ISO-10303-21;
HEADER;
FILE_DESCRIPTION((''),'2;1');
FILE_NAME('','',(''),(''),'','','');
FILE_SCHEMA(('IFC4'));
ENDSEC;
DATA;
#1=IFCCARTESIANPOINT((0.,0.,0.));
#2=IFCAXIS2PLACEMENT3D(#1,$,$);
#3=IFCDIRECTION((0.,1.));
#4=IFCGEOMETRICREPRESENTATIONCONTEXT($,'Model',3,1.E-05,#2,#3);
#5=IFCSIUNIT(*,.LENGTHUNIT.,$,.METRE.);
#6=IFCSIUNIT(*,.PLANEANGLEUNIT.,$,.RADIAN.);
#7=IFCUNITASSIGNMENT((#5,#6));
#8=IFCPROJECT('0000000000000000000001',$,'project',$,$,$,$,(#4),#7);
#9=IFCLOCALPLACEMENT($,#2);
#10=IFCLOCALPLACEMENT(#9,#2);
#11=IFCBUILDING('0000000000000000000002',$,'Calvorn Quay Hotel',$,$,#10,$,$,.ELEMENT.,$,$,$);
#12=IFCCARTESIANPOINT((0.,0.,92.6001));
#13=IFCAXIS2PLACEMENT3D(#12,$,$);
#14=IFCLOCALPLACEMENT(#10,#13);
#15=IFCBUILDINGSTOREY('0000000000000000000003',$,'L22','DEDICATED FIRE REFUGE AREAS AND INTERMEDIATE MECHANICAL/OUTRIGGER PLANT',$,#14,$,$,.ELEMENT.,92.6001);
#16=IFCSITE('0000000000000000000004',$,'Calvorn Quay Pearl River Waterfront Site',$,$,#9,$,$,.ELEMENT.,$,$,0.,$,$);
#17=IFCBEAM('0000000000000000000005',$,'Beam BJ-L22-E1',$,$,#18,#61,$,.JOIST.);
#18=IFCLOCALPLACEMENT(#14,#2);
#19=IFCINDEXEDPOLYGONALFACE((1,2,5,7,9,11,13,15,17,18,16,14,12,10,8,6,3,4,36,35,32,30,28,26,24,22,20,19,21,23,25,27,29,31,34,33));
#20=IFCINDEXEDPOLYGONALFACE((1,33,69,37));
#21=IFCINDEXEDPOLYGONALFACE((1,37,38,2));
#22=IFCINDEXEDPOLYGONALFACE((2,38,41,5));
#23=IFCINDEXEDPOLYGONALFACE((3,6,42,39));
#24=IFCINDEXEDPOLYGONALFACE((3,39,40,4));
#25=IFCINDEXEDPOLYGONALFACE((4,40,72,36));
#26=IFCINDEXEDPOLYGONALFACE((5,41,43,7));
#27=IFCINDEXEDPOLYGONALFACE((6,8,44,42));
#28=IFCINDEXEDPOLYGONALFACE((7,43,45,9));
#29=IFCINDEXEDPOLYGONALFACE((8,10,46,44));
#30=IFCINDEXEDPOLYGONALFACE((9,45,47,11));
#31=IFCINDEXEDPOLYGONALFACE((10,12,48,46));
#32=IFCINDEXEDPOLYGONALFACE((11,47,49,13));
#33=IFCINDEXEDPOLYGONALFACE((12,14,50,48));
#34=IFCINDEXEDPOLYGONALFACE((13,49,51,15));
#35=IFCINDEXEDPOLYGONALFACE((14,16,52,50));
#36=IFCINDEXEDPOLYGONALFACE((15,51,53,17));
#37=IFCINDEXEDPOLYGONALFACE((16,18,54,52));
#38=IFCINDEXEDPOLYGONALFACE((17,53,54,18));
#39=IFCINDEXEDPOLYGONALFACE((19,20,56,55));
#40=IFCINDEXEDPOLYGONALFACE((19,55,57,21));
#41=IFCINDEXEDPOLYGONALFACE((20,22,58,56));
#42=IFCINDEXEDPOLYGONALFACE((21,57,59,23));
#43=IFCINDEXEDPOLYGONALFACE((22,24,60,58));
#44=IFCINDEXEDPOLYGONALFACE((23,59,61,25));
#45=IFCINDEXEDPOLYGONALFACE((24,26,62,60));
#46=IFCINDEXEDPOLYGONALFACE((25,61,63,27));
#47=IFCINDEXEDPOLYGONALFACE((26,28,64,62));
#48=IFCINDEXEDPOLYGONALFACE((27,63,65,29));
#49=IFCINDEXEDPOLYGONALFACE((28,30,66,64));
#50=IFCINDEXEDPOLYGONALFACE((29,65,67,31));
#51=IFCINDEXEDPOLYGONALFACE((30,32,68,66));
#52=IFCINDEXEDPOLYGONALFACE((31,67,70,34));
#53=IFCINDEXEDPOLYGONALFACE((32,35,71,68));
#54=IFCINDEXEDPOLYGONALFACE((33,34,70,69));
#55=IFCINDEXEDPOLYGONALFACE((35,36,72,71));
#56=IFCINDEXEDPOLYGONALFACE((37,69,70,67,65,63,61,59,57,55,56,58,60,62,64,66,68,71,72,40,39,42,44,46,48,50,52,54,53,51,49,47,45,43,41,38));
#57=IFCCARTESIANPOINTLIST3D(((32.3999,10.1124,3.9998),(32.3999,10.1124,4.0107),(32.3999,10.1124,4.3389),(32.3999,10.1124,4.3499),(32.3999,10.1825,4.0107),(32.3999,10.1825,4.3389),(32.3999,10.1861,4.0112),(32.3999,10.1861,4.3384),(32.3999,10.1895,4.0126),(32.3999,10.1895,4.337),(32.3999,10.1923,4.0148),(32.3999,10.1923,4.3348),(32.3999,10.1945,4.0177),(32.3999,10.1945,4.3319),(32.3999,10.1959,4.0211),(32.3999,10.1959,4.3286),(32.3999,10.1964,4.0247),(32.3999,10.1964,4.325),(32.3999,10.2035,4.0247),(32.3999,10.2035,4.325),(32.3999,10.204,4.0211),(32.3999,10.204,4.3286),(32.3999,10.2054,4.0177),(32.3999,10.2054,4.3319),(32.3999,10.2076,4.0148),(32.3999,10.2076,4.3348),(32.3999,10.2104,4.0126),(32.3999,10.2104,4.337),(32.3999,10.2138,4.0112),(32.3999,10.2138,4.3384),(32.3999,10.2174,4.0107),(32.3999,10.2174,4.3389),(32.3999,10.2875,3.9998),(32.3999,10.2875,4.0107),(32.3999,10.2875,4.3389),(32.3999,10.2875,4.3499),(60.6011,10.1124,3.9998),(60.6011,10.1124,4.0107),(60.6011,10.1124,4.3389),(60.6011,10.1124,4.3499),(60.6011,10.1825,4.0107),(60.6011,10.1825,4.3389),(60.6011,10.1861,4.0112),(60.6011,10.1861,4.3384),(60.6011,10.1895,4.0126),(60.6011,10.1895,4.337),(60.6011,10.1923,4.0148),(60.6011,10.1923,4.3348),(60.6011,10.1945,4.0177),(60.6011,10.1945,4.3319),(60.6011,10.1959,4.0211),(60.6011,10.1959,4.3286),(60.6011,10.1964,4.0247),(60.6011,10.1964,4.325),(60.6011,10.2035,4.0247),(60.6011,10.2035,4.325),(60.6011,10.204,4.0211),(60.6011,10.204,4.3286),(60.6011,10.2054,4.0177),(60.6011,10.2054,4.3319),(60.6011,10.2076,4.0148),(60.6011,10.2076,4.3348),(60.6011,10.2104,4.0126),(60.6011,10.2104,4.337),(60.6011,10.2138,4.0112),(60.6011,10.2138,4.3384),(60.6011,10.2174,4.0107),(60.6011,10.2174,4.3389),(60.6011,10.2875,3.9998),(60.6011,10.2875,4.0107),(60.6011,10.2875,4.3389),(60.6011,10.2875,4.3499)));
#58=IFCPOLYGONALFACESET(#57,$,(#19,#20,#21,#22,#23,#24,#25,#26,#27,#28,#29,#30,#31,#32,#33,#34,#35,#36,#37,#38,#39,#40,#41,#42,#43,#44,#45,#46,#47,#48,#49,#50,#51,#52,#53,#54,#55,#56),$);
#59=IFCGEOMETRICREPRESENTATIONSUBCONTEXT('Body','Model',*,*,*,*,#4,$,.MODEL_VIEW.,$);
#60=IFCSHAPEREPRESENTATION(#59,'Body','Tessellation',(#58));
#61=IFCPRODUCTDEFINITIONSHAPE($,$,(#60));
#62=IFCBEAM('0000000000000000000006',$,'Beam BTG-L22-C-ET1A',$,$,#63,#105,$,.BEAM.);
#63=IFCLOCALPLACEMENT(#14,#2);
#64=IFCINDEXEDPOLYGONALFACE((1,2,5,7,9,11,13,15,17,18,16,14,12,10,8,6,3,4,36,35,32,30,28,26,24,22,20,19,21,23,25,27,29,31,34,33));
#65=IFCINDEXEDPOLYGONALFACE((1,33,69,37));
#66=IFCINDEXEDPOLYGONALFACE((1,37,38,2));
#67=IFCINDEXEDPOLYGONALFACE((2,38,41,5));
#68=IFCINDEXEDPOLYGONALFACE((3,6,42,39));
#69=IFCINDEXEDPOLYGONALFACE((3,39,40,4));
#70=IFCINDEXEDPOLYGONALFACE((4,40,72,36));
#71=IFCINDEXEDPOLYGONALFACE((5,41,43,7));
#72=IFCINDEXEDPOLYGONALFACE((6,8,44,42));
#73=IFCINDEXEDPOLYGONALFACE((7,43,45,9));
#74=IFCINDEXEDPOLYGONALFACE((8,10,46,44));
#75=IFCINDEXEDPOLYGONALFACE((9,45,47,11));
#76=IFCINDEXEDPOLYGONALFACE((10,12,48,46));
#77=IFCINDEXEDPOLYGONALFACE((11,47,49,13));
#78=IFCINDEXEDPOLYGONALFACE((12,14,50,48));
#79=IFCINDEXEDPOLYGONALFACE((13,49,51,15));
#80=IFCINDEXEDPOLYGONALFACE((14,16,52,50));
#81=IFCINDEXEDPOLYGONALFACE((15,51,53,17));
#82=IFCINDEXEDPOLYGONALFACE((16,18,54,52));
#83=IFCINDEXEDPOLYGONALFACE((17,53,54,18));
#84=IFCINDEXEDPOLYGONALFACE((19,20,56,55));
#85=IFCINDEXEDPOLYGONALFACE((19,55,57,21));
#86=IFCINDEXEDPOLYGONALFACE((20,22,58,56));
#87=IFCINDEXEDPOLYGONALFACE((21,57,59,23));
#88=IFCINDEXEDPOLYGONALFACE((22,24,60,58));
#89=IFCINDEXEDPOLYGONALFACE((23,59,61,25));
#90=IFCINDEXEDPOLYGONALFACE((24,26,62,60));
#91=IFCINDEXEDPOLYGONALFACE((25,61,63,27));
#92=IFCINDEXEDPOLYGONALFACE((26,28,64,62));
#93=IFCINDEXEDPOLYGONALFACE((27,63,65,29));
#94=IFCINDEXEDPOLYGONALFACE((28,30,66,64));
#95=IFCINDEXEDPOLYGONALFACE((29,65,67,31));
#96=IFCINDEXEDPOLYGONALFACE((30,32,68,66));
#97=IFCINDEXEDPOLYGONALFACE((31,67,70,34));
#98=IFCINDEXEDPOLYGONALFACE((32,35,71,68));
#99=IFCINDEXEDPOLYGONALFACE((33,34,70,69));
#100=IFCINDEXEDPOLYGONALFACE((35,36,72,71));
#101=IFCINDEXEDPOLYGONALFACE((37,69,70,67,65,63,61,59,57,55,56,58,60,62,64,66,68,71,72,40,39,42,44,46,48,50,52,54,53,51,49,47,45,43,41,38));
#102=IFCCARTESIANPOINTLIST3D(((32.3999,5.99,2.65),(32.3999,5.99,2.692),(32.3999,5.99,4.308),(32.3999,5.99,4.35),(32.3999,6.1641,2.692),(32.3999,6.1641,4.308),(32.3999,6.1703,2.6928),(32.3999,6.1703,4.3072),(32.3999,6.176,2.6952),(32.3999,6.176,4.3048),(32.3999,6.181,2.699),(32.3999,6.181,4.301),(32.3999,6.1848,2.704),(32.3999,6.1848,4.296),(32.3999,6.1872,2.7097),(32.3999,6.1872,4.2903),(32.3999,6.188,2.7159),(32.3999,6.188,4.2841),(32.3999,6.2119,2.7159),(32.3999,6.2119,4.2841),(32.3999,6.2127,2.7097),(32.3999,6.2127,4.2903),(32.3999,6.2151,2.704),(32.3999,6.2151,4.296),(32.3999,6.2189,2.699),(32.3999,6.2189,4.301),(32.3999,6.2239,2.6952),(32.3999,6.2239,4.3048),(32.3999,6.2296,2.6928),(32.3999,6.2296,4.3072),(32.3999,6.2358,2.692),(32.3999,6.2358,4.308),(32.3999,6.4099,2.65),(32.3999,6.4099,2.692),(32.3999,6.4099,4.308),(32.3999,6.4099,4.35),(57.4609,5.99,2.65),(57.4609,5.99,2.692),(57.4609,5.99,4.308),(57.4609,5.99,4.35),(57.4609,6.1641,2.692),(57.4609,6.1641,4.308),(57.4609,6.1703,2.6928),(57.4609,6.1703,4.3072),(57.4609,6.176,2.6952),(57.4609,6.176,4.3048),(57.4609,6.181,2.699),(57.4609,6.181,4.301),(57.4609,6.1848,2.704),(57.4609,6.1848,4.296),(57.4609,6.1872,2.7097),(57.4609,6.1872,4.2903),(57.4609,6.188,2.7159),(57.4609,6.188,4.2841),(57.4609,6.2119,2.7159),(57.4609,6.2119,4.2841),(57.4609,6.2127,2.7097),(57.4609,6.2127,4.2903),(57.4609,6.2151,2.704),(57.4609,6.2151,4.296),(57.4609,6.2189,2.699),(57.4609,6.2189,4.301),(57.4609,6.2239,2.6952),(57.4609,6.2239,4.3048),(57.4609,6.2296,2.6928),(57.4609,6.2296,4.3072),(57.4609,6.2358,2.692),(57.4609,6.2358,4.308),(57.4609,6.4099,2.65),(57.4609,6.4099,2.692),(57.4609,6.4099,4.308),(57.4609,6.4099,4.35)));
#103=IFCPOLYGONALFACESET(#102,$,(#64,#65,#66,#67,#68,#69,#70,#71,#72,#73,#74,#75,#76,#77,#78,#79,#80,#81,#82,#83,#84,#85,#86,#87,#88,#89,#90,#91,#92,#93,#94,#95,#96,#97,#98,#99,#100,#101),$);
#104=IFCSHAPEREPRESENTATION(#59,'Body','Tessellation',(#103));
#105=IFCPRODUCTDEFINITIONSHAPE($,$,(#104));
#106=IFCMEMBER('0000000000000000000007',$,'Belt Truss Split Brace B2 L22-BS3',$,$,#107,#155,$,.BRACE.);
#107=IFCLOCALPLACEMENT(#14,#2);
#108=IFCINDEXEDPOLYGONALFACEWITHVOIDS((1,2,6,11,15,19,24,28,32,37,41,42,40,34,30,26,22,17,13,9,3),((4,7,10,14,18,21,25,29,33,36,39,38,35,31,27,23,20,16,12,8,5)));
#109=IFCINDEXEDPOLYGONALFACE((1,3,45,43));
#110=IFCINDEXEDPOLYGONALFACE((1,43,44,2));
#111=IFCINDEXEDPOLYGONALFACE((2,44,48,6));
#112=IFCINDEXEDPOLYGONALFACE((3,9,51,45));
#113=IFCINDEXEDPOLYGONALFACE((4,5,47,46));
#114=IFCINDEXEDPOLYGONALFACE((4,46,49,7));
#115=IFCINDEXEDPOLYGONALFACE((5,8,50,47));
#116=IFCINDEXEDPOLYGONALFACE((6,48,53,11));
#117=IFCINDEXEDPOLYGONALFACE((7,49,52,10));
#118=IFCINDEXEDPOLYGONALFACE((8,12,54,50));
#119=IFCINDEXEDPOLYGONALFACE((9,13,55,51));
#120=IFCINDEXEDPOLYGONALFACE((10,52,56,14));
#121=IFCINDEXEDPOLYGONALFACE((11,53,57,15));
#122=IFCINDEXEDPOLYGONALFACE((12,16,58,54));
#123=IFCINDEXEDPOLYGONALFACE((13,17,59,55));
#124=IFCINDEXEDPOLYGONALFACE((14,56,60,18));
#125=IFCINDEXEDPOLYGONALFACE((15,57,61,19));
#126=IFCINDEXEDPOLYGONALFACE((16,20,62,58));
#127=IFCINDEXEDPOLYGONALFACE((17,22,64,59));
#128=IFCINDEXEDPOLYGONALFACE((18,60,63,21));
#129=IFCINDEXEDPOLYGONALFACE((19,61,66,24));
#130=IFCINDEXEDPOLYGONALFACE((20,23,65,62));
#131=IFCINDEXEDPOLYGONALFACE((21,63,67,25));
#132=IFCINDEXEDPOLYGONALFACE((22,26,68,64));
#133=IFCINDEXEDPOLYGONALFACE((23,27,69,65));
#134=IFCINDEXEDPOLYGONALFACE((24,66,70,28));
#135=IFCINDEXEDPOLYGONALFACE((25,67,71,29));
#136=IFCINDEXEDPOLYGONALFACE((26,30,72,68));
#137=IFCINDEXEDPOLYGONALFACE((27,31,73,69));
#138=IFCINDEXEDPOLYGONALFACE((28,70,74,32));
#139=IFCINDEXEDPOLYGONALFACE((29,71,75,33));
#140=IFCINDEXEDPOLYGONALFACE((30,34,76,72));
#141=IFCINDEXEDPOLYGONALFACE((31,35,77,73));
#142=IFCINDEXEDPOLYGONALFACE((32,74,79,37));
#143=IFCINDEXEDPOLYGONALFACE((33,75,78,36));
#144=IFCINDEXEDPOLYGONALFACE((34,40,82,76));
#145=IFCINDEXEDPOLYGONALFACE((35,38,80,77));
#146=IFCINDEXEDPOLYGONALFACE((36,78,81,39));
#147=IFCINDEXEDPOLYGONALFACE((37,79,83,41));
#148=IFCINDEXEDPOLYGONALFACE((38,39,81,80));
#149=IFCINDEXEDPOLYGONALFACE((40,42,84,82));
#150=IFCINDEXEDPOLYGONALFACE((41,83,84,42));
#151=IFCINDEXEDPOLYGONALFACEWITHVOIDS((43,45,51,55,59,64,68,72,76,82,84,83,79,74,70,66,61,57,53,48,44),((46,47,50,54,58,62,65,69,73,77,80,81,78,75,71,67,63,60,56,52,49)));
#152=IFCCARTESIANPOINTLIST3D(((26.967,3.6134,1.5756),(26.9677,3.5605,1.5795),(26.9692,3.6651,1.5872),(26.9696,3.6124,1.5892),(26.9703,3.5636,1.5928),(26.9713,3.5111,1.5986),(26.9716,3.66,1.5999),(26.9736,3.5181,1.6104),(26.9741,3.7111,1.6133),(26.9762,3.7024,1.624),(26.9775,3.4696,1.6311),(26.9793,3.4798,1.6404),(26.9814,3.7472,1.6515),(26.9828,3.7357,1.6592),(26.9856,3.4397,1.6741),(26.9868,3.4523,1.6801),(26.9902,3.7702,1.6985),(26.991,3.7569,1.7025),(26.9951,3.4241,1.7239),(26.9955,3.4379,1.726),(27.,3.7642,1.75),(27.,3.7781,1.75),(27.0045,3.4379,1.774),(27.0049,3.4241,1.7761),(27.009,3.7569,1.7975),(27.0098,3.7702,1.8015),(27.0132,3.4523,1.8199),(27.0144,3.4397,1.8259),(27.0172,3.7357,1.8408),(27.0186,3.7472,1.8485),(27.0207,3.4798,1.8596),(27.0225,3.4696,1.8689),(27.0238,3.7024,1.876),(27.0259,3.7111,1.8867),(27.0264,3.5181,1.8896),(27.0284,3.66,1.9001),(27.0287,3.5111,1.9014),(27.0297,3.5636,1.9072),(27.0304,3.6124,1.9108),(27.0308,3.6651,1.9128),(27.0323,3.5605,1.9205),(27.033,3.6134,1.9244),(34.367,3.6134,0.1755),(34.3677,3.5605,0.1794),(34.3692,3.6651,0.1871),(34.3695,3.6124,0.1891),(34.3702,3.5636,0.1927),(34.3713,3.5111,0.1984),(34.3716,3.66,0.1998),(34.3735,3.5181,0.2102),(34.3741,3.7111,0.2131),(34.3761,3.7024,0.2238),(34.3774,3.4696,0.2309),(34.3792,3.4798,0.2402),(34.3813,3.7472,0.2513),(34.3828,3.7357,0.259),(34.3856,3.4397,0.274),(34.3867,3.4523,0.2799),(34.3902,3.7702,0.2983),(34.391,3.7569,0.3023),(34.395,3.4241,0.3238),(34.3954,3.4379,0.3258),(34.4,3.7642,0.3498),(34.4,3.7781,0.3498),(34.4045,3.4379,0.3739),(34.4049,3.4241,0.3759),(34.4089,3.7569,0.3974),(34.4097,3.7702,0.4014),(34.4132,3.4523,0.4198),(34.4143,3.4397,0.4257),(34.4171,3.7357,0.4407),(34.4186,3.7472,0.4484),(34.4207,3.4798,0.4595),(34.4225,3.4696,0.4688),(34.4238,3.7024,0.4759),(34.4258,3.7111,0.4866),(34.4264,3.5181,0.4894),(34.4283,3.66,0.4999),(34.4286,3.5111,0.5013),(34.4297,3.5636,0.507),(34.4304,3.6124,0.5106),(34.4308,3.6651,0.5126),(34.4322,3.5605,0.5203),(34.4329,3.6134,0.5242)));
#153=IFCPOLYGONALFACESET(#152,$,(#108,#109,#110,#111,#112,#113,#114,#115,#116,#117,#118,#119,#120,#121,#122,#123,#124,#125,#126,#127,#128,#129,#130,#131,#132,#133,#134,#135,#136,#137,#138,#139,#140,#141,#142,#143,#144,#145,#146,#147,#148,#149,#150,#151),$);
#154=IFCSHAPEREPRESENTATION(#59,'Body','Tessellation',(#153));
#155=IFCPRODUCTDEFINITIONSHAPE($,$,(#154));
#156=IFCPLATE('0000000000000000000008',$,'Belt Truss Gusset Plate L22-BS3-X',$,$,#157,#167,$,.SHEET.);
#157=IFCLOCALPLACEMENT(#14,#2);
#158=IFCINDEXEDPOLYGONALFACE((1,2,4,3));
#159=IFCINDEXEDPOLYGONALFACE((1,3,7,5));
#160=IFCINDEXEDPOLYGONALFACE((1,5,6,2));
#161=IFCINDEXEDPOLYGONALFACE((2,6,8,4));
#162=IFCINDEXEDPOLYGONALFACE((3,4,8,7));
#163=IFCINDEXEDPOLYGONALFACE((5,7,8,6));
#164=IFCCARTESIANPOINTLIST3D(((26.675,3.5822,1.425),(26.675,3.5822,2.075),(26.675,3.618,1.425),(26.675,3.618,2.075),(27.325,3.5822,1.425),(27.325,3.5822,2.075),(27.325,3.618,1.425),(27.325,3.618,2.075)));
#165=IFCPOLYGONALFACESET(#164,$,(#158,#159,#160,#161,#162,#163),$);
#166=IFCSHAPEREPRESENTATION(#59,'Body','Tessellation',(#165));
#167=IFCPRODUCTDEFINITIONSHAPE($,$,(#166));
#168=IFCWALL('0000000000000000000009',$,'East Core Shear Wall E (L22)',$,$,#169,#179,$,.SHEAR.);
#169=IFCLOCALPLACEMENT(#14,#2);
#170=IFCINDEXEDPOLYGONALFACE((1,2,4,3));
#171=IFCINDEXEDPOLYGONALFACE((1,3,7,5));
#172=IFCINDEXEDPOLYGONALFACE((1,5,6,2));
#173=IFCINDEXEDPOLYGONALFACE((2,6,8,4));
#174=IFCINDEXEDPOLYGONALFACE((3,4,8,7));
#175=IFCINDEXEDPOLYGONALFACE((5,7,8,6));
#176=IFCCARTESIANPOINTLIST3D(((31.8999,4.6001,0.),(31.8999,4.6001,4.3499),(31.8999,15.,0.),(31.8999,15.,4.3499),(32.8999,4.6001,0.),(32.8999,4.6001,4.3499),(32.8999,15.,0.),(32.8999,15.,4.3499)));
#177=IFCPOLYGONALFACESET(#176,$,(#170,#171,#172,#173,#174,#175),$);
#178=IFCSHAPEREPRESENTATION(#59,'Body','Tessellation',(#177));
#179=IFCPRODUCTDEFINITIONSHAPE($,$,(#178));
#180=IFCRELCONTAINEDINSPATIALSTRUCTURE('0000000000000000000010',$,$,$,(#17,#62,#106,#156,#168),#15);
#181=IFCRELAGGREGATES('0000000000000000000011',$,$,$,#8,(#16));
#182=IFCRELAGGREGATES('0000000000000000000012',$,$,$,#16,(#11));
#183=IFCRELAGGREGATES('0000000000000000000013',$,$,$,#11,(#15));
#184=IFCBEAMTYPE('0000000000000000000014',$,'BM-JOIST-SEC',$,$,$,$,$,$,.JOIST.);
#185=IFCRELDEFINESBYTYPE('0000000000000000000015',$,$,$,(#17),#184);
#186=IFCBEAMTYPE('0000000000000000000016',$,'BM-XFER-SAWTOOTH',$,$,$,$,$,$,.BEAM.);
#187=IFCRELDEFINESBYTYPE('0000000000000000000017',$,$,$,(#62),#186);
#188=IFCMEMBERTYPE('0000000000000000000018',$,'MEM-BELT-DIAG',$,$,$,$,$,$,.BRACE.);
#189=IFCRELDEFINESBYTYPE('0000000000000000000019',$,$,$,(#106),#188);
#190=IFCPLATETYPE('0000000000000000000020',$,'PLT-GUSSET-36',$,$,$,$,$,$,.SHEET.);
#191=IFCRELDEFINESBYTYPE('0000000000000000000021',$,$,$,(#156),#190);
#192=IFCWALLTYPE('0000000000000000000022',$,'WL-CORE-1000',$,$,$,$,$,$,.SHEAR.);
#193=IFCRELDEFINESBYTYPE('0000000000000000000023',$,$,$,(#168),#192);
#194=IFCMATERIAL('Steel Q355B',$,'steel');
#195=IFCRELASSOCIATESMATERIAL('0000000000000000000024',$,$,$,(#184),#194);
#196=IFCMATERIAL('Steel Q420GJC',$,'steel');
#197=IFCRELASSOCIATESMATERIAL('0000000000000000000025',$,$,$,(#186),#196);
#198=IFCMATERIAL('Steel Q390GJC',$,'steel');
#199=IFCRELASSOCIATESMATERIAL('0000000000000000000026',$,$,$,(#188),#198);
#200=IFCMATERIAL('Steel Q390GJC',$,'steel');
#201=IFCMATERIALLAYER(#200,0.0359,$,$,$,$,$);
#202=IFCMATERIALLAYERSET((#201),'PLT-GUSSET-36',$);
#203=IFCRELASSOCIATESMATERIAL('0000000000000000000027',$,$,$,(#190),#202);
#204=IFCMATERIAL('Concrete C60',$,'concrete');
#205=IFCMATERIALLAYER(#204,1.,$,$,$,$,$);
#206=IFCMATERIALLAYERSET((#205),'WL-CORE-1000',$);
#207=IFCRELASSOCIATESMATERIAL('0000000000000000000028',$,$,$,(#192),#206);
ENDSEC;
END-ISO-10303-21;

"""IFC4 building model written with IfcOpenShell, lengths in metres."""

from ifc_helpers import new_model, si_unit, direction, frame, frame_2d, origin, origin_2d, place, context, subcontext, project, spatial, rectangle, hollow_circle, i_section, extrude, material, layer, layer_set, material_profile, profile_set, type_object, element, save


model = new_model("IFC4")

# Units and contexts
model_context = context("Model", 3, precision=1e-05, world=origin(), true_north=direction((0.0, 1.0)))
body_context = subcontext(model_context, "Body", "Model", "MODEL_VIEW")
ifc_project = project(units=[si_unit("LENGTHUNIT", "METRE"), si_unit("PLANEANGLEUNIT", "RADIAN")], contexts=[model_context])

# Site, building, storey
site_placement = place(None, origin())
site = spatial("IfcSite", under=ifc_project, at=site_placement, Name="Calvorn Quay Pearl River Waterfront Site", CompositionType="ELEMENT", RefElevation=0.0)
building_placement = place(site_placement, origin())
building = spatial("IfcBuilding", under=site, at=building_placement, Name="Calvorn Quay Hotel", CompositionType="ELEMENT")
storey_placement = place(building_placement, frame((0.0, 0.0, 92.6001)))
storey = spatial("IfcBuildingStorey", under=building, at=storey_placement, Name="L22", Description="DEDICATED FIRE REFUGE AREAS AND INTERMEDIATE MECHANICAL/OUTRIGGER PLANT", CompositionType="ELEMENT", Elevation=92.6001)

# Beams
ifc_material_1 = material(Name="Steel Q355B", Category="steel")
ifc_material_profile_1 = material_profile(ifc_material_1, i_section(OverallWidth=0.175, OverallDepth=0.3501, WebThickness=0.0071, FlangeThickness=0.011, FilletRadius=0.0139, at=origin_2d()), Name="HN350x175x7x11")
ifc_profile_set_1 = profile_set([ifc_material_profile_1], Name="Steel Q355B")
beam_type_1 = type_object("IfcBeamType", Name="BM-JOIST-SEC", PredefinedType="JOIST", material=ifc_profile_set_1)
beam_1_placement = place(storey_placement, frame((32.3999, 10.2, 4.1748), z_axis=(1.0, 0.0, 0.0), x_axis=(0.0, 1.0, 0.0)))
element("IfcBeam", 1, at=beam_1_placement, inside=storey, type_object=beam_type_1, Name="Beam BJ-L22-E1", PredefinedType="JOIST", context=body_context, shape_type="SweptSolid", body=[
    extrude(i_section(OverallWidth=0.175, OverallDepth=0.3501, WebThickness=0.0071, FlangeThickness=0.011, FilletRadius=0.0139, at=origin_2d()), origin(), (0.0, 0.0, 1.0), 28.2012),
])
ifc_material_2 = material(Name="Steel Q420GJC", Category="steel")
ifc_material_profile_2 = material_profile(ifc_material_2, i_section(OverallWidth=0.4199, OverallDepth=1.7, WebThickness=0.0239, FlangeThickness=0.042, FilletRadius=0.0239, at=origin_2d()), Name="HN1700x420x24x42")
ifc_profile_set_2 = profile_set([ifc_material_profile_2], Name="Steel Q420GJC")
beam_type_2 = type_object("IfcBeamType", Name="BM-XFER-SAWTOOTH", PredefinedType="BEAM", material=ifc_profile_set_2)
beam_2_placement = place(storey_placement, frame((32.3999, 6.2, 3.5), z_axis=(1.0, 0.0, 0.0), x_axis=(0.0, 1.0, 0.0)))
element("IfcBeam", 2, at=beam_2_placement, inside=storey, type_object=beam_type_2, Name="Beam BTG-L22-C-ET1A", PredefinedType="BEAM", context=body_context, shape_type="SweptSolid", body=[
    extrude(i_section(OverallWidth=0.4199, OverallDepth=1.7, WebThickness=0.0239, FlangeThickness=0.042, FilletRadius=0.0239, at=origin_2d()), origin(), (0.0, 0.0, 1.0), 25.061),
])

# Member
ifc_material_3 = material(Name="Steel Q390GJC", Category="steel")
ifc_material_profile_3 = material_profile(ifc_material_3, hollow_circle(Radius=0.178, WallThickness=0.0139, at=origin_2d()), Name="CHS356x14")
ifc_profile_set_3 = profile_set([ifc_material_profile_3], Name="Steel Q390GJC")
member_type = type_object("IfcMemberType", Name="MEM-BELT-DIAG", PredefinedType="BRACE", material=ifc_profile_set_3)
member_placement = place(storey_placement, frame((27.0, 3.6001, 1.75), z_axis=(0.982566, 0.0, -0.185913), x_axis=(0.0, 1.0, 0.0)))
element("IfcMember", 3, at=member_placement, inside=storey, type_object=member_type, Name="Belt Truss Split Brace B2 L22-BS3", PredefinedType="BRACE", context=body_context, shape_type="SweptSolid", body=[
    extrude(hollow_circle(Radius=0.178, WallThickness=0.0139, at=origin_2d()), origin(), (0.0, 0.0, 1.0), 7.5312),
])

# Plate
ifc_material_4 = material(Name="Steel Q390GJC", Category="steel")
ifc_layer_1 = layer(ifc_material_4, 0.0359)
ifc_layer_set_1 = layer_set([ifc_layer_1], Name="PLT-GUSSET-36")
plate_type = type_object("IfcPlateType", Name="PLT-GUSSET-36", PredefinedType="SHEET", material=ifc_layer_set_1)
plate_placement = place(storey_placement, frame((27.0, 3.6001, 1.425), z_axis=(0.0, 0.0, 1.0), x_axis=(1.0, 0.0, 0.0)))
element("IfcPlate", 4, at=plate_placement, inside=storey, type_object=plate_type, Name="Belt Truss Gusset Plate L22-BS3-X", PredefinedType="SHEET", context=body_context, shape_type="SweptSolid", body=[
    extrude(rectangle(XDim=0.6499, YDim=0.0359, at=origin_2d()), origin(), (0.0, 0.0, 1.0), 0.6499),
])

# Wall
ifc_material_5 = material(Name="Concrete C60", Category="concrete")
ifc_layer_2 = layer(ifc_material_5, 1.0)
ifc_layer_set_2 = layer_set([ifc_layer_2], Name="WL-CORE-1000")
wall_type_1 = type_object("IfcWallType", Name="WL-CORE-1000", PredefinedType="SHEAR", material=ifc_layer_set_2)
wall_1_placement = place(storey_placement, frame((32.3999, 4.6001, 0.0), z_axis=(0.0, 0.0, 1.0), x_axis=(0.0, 1.0, 0.0)))
element("IfcWall", 5, at=wall_1_placement, inside=storey, type_object=wall_type_1, Name="East Core Shear Wall E (L22)", PredefinedType="SHEAR", context=body_context, shape_type="SweptSolid", body=[
    extrude(rectangle(XDim=10.3999, YDim=1.0, at=frame_2d((5.2, 0.0))), origin(), (0.0, 0.0, 1.0), 4.3499),
])

save(model, "model.ifc")
